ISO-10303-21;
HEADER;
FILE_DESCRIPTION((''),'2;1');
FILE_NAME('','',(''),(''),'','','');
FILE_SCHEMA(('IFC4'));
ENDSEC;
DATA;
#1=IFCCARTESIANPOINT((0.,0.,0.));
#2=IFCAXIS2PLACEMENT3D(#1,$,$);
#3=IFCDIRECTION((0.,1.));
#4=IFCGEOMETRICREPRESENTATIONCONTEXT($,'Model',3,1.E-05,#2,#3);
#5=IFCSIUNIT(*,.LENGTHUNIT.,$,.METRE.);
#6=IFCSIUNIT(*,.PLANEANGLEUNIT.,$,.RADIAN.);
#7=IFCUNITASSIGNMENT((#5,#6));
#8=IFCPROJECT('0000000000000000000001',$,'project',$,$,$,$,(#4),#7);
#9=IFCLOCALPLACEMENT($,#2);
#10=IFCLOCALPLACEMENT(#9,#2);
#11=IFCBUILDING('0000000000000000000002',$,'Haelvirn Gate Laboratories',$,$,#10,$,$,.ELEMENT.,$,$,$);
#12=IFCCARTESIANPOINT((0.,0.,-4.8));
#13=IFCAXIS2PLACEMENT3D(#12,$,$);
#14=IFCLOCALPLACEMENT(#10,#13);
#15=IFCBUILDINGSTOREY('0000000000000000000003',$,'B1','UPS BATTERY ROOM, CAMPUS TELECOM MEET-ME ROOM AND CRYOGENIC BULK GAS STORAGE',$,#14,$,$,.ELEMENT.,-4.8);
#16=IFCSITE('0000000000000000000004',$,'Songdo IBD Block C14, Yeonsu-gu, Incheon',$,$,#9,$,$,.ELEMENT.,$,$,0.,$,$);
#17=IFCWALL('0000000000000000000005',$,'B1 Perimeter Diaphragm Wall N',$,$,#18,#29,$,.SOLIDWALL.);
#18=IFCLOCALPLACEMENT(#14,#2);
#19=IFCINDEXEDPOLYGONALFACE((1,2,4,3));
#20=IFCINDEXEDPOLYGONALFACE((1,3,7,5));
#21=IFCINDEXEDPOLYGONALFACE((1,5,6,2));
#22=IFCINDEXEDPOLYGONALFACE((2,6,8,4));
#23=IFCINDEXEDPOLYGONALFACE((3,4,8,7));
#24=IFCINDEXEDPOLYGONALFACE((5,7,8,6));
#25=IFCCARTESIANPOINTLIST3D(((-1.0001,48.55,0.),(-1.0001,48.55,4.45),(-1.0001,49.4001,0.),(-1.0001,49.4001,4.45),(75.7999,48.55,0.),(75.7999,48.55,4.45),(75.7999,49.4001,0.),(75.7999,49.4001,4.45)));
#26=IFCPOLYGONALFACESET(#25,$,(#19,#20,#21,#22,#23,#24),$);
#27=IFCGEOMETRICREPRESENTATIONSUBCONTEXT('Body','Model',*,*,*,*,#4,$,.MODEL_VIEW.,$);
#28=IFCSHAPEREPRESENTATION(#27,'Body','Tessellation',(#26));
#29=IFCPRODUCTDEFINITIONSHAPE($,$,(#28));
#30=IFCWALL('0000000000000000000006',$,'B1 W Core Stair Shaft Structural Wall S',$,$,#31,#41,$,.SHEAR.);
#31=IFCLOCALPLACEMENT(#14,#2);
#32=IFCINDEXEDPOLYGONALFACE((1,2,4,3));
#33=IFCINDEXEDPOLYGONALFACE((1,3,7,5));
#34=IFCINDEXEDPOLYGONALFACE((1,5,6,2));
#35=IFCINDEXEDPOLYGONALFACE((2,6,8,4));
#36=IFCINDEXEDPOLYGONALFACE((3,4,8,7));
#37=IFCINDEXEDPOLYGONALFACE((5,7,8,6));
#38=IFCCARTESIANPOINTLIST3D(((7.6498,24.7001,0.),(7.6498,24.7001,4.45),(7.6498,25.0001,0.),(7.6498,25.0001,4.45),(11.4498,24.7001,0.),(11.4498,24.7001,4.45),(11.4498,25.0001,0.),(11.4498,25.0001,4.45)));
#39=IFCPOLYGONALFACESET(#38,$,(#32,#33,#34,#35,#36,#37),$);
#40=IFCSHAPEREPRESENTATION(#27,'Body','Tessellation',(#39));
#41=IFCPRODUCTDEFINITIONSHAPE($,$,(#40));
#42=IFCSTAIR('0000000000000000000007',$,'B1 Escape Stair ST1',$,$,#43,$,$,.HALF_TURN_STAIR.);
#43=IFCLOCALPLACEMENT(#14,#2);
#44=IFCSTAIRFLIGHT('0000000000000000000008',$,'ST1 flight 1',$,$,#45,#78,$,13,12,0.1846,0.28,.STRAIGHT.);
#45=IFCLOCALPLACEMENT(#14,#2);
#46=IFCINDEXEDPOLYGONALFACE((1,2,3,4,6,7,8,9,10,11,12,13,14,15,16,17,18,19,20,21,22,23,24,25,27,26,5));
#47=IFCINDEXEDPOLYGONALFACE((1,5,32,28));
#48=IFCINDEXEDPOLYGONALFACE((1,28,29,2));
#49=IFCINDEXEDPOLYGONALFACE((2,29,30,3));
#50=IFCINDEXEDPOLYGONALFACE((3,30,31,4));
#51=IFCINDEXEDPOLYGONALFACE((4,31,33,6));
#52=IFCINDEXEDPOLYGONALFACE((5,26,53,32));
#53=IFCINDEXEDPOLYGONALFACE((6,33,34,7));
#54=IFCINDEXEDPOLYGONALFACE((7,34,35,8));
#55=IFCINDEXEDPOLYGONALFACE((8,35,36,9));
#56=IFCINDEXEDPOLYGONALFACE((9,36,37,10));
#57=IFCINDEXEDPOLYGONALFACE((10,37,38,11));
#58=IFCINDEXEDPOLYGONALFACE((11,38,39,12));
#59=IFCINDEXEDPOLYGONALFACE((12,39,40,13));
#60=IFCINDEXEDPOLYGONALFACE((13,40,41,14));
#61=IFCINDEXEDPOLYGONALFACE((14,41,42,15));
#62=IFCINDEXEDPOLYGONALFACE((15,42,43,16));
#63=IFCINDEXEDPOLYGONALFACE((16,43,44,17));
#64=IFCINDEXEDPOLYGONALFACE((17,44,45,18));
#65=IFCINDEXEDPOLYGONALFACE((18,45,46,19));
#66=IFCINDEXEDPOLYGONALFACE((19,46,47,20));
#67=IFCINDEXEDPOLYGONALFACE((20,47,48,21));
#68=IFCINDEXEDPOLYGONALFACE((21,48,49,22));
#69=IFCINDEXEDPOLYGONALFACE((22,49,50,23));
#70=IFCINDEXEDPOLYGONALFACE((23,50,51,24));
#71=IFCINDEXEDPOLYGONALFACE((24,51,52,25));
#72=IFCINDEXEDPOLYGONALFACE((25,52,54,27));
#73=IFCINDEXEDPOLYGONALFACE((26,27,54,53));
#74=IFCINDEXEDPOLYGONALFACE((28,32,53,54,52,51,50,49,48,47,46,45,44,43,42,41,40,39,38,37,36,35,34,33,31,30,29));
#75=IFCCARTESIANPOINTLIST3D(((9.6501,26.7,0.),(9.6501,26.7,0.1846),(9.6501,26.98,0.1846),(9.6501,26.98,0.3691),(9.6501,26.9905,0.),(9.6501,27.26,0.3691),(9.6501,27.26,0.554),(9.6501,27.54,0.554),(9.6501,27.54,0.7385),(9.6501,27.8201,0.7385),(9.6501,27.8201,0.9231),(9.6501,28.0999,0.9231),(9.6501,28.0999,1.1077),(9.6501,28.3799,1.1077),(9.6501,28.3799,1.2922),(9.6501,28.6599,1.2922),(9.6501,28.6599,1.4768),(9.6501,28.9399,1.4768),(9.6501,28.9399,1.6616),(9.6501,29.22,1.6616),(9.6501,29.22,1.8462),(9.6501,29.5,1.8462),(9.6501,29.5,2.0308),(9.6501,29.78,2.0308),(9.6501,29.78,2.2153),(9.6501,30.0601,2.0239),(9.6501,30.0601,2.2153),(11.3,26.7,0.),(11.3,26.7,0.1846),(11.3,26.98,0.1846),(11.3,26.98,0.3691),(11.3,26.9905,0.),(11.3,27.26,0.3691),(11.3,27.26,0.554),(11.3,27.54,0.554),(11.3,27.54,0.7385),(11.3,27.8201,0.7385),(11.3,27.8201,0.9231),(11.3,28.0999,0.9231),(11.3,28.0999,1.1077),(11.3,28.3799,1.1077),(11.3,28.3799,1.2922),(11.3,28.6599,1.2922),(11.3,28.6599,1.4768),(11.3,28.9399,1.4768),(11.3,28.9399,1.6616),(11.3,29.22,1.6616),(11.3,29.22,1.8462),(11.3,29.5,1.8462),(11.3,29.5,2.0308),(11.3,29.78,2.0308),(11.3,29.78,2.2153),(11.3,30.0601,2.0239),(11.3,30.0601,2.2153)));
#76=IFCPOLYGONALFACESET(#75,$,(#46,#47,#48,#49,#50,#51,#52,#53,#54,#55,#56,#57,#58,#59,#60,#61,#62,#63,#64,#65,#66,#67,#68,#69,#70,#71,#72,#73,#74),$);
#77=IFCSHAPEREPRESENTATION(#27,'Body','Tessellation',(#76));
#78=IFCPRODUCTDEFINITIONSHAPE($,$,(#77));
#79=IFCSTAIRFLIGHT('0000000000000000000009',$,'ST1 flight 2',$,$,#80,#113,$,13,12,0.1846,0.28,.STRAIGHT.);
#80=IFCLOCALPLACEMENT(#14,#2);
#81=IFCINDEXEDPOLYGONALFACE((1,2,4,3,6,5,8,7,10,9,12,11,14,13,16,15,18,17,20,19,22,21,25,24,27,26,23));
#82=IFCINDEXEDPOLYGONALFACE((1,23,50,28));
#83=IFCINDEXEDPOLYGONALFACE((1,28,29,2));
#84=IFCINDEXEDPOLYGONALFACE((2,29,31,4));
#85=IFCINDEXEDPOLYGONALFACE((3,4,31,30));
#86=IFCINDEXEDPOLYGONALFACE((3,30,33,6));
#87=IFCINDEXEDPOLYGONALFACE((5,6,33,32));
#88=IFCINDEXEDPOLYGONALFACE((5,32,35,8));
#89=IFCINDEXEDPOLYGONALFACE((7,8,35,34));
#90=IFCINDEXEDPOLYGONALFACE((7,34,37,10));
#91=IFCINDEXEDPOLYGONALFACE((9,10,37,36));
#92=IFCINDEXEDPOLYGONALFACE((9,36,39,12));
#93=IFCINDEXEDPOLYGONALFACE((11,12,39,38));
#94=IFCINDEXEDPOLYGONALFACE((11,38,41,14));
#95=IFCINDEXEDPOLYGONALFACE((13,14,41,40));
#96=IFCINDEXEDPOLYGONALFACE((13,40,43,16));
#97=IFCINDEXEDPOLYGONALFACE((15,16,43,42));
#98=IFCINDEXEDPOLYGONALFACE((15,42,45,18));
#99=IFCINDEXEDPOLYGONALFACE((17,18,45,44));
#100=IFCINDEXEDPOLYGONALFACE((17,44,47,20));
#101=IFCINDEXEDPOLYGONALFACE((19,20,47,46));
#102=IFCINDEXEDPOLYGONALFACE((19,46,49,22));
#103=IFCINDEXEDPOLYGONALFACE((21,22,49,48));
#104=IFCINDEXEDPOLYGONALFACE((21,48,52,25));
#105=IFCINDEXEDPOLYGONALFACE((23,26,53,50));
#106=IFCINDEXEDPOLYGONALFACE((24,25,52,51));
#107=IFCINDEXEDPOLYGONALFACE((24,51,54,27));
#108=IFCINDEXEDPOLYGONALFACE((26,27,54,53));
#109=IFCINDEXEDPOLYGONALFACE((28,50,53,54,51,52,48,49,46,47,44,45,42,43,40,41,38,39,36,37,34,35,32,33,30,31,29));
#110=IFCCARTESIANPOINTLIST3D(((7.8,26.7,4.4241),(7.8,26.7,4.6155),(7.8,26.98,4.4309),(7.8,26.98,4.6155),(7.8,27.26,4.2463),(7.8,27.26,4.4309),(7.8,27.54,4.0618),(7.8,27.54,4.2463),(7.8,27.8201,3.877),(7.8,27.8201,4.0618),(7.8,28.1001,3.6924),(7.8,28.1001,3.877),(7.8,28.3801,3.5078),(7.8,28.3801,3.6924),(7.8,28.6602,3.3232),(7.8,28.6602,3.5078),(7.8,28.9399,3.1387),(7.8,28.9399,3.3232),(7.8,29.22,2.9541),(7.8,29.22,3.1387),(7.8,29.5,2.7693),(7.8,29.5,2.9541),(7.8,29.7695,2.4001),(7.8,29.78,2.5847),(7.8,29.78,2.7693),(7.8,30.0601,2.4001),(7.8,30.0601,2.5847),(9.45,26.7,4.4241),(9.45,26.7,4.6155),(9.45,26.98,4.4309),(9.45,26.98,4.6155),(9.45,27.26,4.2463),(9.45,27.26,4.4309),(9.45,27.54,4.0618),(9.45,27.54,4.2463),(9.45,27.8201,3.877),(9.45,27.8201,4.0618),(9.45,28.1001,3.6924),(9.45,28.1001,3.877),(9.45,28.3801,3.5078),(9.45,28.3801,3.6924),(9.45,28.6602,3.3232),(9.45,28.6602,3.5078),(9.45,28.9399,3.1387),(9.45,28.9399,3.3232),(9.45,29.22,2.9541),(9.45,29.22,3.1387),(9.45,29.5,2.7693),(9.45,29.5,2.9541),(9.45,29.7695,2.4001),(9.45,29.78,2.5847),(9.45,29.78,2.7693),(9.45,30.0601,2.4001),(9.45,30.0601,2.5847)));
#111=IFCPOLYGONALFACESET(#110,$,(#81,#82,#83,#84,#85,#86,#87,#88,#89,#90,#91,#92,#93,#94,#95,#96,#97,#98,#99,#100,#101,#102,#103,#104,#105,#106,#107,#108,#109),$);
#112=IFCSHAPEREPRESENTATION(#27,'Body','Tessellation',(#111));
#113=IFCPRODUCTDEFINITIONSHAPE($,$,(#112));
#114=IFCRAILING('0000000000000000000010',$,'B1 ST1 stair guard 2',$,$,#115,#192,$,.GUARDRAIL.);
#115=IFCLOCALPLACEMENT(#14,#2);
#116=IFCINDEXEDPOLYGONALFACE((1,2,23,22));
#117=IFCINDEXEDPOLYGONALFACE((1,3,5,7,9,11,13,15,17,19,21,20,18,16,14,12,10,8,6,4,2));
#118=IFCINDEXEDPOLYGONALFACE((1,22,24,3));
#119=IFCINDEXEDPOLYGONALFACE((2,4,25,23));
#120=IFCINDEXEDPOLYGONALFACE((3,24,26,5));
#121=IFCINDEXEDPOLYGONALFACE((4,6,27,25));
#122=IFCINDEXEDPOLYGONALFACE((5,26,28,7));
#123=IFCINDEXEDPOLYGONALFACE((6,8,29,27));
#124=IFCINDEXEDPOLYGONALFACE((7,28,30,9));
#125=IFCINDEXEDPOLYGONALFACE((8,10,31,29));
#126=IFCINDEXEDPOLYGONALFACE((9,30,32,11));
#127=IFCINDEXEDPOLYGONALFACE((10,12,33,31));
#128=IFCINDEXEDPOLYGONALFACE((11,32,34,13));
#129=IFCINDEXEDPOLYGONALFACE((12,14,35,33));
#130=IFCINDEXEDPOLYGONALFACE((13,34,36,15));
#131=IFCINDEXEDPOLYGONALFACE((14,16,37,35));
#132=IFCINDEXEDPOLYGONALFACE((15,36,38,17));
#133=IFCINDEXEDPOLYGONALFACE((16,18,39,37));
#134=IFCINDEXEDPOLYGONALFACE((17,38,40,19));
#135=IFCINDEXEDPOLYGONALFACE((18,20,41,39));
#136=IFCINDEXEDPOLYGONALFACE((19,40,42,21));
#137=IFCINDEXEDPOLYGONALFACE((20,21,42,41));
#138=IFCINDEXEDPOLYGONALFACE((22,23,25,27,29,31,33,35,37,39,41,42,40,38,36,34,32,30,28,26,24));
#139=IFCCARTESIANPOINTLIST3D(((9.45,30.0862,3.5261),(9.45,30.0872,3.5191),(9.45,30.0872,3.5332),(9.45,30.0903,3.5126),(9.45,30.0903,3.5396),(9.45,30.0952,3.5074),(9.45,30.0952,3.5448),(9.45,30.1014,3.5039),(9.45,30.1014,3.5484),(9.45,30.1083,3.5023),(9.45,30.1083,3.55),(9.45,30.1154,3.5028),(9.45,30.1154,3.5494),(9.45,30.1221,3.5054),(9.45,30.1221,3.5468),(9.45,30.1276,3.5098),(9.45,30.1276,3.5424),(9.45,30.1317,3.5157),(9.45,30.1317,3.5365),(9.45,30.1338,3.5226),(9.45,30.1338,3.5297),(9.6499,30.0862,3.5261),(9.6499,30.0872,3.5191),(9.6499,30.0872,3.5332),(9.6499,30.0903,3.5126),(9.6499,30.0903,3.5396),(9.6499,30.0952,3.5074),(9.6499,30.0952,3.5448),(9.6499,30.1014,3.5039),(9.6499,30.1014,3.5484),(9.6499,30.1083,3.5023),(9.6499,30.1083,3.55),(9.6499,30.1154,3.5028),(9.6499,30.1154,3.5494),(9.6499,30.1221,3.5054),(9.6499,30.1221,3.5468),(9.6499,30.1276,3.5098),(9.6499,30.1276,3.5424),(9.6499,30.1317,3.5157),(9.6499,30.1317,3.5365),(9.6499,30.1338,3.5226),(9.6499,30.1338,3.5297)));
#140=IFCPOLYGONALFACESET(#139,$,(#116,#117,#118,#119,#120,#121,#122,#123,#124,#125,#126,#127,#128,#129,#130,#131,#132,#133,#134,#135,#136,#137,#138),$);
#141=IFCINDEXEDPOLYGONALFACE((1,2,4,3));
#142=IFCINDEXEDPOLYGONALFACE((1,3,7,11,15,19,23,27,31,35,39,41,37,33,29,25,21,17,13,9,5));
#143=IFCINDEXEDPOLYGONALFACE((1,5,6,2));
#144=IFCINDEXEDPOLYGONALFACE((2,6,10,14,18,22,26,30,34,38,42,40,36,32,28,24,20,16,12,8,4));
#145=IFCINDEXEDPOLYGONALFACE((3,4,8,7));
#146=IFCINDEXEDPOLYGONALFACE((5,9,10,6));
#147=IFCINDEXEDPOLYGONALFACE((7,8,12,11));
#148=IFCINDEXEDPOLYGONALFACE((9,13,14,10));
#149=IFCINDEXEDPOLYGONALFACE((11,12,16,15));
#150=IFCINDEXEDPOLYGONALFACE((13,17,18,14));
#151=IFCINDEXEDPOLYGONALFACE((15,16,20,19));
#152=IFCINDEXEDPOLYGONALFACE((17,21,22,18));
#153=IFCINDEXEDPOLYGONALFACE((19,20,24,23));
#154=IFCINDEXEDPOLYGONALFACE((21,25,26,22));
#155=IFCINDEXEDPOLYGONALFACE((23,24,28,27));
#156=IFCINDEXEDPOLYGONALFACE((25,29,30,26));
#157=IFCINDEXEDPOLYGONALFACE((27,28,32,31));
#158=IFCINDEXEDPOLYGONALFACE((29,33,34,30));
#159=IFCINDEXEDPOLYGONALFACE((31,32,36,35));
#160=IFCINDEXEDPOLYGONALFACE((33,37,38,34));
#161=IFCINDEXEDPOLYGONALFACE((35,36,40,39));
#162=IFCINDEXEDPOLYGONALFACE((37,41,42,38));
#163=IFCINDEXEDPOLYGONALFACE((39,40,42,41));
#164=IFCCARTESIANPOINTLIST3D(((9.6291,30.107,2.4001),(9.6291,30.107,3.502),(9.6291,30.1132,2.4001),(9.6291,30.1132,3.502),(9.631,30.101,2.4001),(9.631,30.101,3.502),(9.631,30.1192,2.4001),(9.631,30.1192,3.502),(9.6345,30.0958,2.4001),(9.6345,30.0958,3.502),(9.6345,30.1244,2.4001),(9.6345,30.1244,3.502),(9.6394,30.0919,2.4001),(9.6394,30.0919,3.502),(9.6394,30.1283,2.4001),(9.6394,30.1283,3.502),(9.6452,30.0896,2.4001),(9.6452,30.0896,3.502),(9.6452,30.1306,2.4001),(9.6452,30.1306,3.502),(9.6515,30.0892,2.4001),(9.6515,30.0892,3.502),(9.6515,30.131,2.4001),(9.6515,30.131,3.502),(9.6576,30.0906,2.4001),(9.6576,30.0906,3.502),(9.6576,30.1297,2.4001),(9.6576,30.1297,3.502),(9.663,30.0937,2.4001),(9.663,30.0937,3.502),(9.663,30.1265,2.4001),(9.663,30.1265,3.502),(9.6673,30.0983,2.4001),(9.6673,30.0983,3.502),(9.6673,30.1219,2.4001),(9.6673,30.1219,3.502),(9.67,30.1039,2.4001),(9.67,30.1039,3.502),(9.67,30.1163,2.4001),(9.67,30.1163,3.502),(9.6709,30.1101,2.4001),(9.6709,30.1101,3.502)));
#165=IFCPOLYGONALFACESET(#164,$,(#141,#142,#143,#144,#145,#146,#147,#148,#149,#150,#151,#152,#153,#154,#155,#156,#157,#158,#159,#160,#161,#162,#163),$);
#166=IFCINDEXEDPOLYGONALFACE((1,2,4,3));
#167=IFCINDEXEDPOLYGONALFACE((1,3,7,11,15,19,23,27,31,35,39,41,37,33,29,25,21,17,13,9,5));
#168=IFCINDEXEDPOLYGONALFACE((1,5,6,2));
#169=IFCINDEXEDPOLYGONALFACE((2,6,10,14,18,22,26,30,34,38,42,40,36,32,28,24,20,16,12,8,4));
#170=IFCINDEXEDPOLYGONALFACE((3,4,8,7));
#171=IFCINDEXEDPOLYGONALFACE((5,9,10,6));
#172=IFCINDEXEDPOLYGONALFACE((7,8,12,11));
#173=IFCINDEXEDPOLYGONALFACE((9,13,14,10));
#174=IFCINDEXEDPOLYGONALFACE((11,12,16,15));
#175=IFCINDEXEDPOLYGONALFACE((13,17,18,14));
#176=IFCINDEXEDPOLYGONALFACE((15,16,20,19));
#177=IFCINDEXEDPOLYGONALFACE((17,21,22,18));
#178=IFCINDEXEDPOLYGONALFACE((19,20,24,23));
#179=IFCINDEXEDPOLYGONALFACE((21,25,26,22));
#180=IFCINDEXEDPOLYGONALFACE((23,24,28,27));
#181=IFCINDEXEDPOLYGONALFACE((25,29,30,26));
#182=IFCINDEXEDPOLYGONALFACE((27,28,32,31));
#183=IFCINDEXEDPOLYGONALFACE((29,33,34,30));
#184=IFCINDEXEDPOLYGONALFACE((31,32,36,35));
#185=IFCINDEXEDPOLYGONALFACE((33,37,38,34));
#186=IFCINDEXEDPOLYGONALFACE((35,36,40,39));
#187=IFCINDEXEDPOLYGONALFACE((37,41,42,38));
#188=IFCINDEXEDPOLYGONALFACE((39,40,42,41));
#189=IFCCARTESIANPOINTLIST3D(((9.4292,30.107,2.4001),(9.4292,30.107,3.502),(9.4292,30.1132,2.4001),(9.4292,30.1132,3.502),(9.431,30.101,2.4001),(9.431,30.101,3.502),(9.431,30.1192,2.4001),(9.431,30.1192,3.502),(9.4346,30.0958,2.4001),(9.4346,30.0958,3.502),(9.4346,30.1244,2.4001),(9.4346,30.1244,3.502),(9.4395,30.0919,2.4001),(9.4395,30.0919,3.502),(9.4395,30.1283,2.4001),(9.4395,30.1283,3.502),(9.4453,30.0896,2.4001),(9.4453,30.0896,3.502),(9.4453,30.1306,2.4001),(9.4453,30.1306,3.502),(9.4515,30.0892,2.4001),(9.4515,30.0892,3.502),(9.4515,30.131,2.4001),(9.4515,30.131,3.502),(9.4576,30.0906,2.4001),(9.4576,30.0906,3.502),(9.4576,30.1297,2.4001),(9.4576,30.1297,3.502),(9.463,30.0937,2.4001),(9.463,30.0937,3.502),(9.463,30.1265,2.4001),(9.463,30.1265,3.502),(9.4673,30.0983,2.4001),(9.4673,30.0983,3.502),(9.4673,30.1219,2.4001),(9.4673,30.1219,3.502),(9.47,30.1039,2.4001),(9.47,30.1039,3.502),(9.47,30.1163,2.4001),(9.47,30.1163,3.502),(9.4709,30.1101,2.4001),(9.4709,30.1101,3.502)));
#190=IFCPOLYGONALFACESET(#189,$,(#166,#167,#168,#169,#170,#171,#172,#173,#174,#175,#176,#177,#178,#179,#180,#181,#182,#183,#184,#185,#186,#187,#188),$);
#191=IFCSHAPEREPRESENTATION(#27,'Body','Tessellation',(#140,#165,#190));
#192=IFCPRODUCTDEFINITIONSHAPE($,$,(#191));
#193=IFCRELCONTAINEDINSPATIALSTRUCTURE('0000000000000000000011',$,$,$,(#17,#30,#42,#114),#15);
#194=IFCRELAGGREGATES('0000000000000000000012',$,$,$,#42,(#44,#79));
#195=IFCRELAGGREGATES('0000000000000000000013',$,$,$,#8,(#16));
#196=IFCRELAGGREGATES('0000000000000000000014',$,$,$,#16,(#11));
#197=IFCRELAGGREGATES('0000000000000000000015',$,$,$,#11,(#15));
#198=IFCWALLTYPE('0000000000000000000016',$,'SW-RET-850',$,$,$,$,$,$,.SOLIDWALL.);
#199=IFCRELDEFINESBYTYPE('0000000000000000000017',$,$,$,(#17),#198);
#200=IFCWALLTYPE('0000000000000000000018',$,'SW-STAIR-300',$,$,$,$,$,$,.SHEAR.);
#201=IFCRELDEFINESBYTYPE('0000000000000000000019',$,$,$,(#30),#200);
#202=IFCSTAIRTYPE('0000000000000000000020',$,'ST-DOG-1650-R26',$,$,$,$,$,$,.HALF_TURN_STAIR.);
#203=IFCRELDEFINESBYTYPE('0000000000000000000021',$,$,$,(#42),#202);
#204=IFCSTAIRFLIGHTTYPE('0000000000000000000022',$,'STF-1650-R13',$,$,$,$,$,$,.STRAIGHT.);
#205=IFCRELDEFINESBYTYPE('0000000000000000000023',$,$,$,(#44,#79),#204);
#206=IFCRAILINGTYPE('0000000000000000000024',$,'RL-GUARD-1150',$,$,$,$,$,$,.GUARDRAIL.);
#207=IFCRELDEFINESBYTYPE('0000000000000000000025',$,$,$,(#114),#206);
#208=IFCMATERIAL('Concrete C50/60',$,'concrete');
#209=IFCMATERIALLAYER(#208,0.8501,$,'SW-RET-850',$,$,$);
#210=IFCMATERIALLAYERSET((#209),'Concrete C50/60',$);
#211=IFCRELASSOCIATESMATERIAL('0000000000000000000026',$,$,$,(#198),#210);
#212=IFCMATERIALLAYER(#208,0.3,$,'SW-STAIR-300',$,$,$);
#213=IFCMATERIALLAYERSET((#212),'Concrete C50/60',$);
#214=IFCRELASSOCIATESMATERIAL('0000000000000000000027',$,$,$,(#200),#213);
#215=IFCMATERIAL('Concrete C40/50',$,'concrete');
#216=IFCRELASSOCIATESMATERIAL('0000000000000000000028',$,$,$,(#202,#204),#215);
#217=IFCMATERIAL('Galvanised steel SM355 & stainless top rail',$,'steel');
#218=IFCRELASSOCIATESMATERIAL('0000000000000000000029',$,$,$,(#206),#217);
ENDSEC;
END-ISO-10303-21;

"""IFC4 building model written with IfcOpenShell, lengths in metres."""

from ifc_helpers import new_model, si_unit, direction, frame, frame_2d, origin, origin_2d, place, context, subcontext, project, spatial, polyline, rectangle, circle, outline, extrude, source, transform, mapped, material, layer, layer_set, type_object, type_shapes, element, aggregate, save


model = new_model("IFC4")

# Units and contexts
model_context = context("Model", 3, precision=1e-05, world=origin(), true_north=direction((0.0, 1.0)))
body_context = subcontext(model_context, "Body", "Model", "MODEL_VIEW")
ifc_project = project(units=[si_unit("LENGTHUNIT", "METRE"), si_unit("PLANEANGLEUNIT", "RADIAN")], contexts=[model_context])

# Site, building, storey
site_placement = place(None, origin())
site = spatial("IfcSite", under=ifc_project, at=site_placement, Name="Songdo IBD Block C14, Yeonsu-gu, Incheon", CompositionType="ELEMENT", RefElevation=0.0)
building_placement = place(site_placement, origin())
building = spatial("IfcBuilding", under=site, at=building_placement, Name="Haelvirn Gate Laboratories", CompositionType="ELEMENT")
storey_placement = place(building_placement, frame((0.0, 0.0, -4.8)))
storey = spatial("IfcBuildingStorey", under=building, at=storey_placement, Name="B1", Description="UPS BATTERY ROOM, CAMPUS TELECOM MEET-ME ROOM AND CRYOGENIC BULK GAS STORAGE", CompositionType="ELEMENT", Elevation=-4.8)

# Shared definitions
ifc_material_1 = material(Name="Concrete C40/50", Category="concrete")

# Walls
ifc_material_2 = material(Name="Concrete C50/60", Category="concrete")
ifc_layer_1 = layer(ifc_material_2, 0.8501, Name="SW-RET-850")
ifc_layer_set_1 = layer_set([ifc_layer_1], Name="Concrete C50/60")
wall_type_1 = type_object("IfcWallType", Name="SW-RET-850", PredefinedType="SOLIDWALL", material=ifc_layer_set_1)
wall_1_placement = place(storey_placement, frame((-1.0, 48.9751, 0.0), z_axis=(0.0, 0.0, 1.0), x_axis=(1.0, 0.0, 0.0)))
element("IfcWall", 1, at=wall_1_placement, inside=storey, type_object=wall_type_1, Name="B1 Perimeter Diaphragm Wall N", PredefinedType="SOLIDWALL", context=body_context, shape_type="SweptSolid", body=[
    extrude(rectangle(XDim=76.8, YDim=0.8501, at=frame_2d((38.3999, 0.0))), origin(), (0.0, 0.0, 1.0), 4.45),
])
ifc_layer_2 = layer(ifc_material_2, 0.3, Name="SW-STAIR-300")
ifc_layer_set_2 = layer_set([ifc_layer_2], Name="Concrete C50/60")
wall_type_2 = type_object("IfcWallType", Name="SW-STAIR-300", PredefinedType="SHEAR", material=ifc_layer_set_2)
wall_2_placement = place(storey_placement, frame((7.6499, 24.8501, 0.0), z_axis=(0.0, 0.0, 1.0), x_axis=(1.0, 0.0, 0.0)))
element("IfcWall", 2, at=wall_2_placement, inside=storey, type_object=wall_type_2, Name="B1 W Core Stair Shaft Structural Wall S", PredefinedType="SHEAR", context=body_context, shape_type="SweptSolid", body=[
    extrude(rectangle(XDim=3.8, YDim=0.3, at=frame_2d((1.8999, 0.0))), origin(), (0.0, 0.0, 1.0), 4.45),
])

# Stair, stair flights
stair_type = type_object("IfcStairType", Name="ST-DOG-1650-R26", PredefinedType="HALF_TURN_STAIR", material=ifc_material_1)
stair_placement = place(storey_placement, origin())
stair = element("IfcStair", 3, at=stair_placement, inside=storey, type_object=stair_type, Name="B1 Escape Stair ST1", PredefinedType="HALF_TURN_STAIR")
stair_flight_type = type_object("IfcStairFlightType", Name="STF-1650-R13", PredefinedType="STRAIGHT", material=ifc_material_1)
shared_shape_1 = source(origin(), body_context, "Body", "SweptSolid", [
    extrude(outline(polyline([(0.0, 0.0), (0.0, 0.1846), (0.28, 0.1846), (0.28, 0.3691), (0.5601, 0.3691), (0.5601, 0.554), (0.8401, 0.554), (0.8401, 0.7385), (1.1201, 0.7385), (1.1201, 0.9231), (1.3999, 0.9231), (1.3999, 1.1077), (1.6799, 1.1077), (1.6799, 1.2922), (1.96, 1.2922), (1.96, 1.4768), (2.24, 1.4768), (2.24, 1.6616), (2.52, 1.6616), (2.52, 1.8462), (2.8, 1.8462), (2.8, 2.0308), (3.0801, 2.0308), (3.0801, 2.2153), (3.3601, 2.2153), (3.3601, 2.3999), (3.3601, 2.0239), (0.2905, 0.0), (0.0, 0.0)])), frame((0.0, 0.825, 0.0), z_axis=(0.0, -1.0, 0.0), x_axis=(1.0, 0.0, 0.0)), (0.0, 0.0, 1.0), 1.6499),
])
type_shapes(stair_flight_type, [shared_shape_1])
stair_flight_1_placement = place(storey_placement, frame((10.4751, 26.7, 0.0), z_axis=(0.0, 0.0, 1.0), x_axis=(0.0, 1.0, 0.0)))
stair_flight_1 = element("IfcStairFlight", 4, at=stair_flight_1_placement, type_object=stair_flight_type, Name="ST1 flight 1", NumberOfRisers=13, NumberOfTreads=12, PredefinedType="STRAIGHT", RiserHeight=0.1846, TreadLength=0.28, context=body_context, shape_type="MappedRepresentation", body=[
    mapped(shared_shape_1, transform((0.0, 0.0, 0.0), scale=1.0)),
])
stair_flight_2_placement = place(storey_placement, frame((8.625, 30.0601, 2.4001), z_axis=(0.0, 0.0, 1.0), x_axis=(0.0, -1.0, 0.0)))
stair_flight_2 = element("IfcStairFlight", 5, at=stair_flight_2_placement, type_object=stair_flight_type, Name="ST1 flight 2", NumberOfRisers=13, NumberOfTreads=12, PredefinedType="STRAIGHT", RiserHeight=0.1846, TreadLength=0.28, context=body_context, shape_type="MappedRepresentation", body=[
    mapped(shared_shape_1, transform((0.0, 0.0, 0.0), scale=1.0)),
])
aggregate(stair, [stair_flight_1, stair_flight_2])

# Railing
ifc_material_3 = material(Name="Galvanised steel SM355 & stainless top rail", Category="steel")
railing_type_1 = type_object("IfcRailingType", Name="RL-GUARD-1150", PredefinedType="GUARDRAIL", material=ifc_material_3)
shared_shape_2 = source(origin(), body_context, "Body", "SweptSolid", [
    extrude(circle(Radius=0.0239, at=origin_2d()), frame((0.0, 0.0, 1.126), z_axis=(-1.0, 0.0, 0.0), x_axis=(0.0, -1.0, 0.0)), (0.0, 0.0, 1.0), 0.2),
    extrude(circle(Radius=0.021, at=origin_2d()), origin(), (0.0, 0.0, 1.0), 1.1018),
    extrude(circle(Radius=0.021, at=origin_2d()), frame((-0.2, 0.0, 0.0)), (0.0, 0.0, 1.0), 1.1018),
])
for number, where, name in (
    (6, (9.6499, 30.1101, 2.4001), "B1 ST1 stair guard 2"),
):
    element("IfcRailing", number, at=place(storey_placement, frame(where)), inside=storey, type_object=railing_type_1, Name=name, PredefinedType="GUARDRAIL", context=body_context, shape_type="MappedRepresentation", body=[
        mapped(shared_shape_2, transform((0.0, 0.0, 0.0), scale=1.0)),
    ])

save(model, "model.ifc")
